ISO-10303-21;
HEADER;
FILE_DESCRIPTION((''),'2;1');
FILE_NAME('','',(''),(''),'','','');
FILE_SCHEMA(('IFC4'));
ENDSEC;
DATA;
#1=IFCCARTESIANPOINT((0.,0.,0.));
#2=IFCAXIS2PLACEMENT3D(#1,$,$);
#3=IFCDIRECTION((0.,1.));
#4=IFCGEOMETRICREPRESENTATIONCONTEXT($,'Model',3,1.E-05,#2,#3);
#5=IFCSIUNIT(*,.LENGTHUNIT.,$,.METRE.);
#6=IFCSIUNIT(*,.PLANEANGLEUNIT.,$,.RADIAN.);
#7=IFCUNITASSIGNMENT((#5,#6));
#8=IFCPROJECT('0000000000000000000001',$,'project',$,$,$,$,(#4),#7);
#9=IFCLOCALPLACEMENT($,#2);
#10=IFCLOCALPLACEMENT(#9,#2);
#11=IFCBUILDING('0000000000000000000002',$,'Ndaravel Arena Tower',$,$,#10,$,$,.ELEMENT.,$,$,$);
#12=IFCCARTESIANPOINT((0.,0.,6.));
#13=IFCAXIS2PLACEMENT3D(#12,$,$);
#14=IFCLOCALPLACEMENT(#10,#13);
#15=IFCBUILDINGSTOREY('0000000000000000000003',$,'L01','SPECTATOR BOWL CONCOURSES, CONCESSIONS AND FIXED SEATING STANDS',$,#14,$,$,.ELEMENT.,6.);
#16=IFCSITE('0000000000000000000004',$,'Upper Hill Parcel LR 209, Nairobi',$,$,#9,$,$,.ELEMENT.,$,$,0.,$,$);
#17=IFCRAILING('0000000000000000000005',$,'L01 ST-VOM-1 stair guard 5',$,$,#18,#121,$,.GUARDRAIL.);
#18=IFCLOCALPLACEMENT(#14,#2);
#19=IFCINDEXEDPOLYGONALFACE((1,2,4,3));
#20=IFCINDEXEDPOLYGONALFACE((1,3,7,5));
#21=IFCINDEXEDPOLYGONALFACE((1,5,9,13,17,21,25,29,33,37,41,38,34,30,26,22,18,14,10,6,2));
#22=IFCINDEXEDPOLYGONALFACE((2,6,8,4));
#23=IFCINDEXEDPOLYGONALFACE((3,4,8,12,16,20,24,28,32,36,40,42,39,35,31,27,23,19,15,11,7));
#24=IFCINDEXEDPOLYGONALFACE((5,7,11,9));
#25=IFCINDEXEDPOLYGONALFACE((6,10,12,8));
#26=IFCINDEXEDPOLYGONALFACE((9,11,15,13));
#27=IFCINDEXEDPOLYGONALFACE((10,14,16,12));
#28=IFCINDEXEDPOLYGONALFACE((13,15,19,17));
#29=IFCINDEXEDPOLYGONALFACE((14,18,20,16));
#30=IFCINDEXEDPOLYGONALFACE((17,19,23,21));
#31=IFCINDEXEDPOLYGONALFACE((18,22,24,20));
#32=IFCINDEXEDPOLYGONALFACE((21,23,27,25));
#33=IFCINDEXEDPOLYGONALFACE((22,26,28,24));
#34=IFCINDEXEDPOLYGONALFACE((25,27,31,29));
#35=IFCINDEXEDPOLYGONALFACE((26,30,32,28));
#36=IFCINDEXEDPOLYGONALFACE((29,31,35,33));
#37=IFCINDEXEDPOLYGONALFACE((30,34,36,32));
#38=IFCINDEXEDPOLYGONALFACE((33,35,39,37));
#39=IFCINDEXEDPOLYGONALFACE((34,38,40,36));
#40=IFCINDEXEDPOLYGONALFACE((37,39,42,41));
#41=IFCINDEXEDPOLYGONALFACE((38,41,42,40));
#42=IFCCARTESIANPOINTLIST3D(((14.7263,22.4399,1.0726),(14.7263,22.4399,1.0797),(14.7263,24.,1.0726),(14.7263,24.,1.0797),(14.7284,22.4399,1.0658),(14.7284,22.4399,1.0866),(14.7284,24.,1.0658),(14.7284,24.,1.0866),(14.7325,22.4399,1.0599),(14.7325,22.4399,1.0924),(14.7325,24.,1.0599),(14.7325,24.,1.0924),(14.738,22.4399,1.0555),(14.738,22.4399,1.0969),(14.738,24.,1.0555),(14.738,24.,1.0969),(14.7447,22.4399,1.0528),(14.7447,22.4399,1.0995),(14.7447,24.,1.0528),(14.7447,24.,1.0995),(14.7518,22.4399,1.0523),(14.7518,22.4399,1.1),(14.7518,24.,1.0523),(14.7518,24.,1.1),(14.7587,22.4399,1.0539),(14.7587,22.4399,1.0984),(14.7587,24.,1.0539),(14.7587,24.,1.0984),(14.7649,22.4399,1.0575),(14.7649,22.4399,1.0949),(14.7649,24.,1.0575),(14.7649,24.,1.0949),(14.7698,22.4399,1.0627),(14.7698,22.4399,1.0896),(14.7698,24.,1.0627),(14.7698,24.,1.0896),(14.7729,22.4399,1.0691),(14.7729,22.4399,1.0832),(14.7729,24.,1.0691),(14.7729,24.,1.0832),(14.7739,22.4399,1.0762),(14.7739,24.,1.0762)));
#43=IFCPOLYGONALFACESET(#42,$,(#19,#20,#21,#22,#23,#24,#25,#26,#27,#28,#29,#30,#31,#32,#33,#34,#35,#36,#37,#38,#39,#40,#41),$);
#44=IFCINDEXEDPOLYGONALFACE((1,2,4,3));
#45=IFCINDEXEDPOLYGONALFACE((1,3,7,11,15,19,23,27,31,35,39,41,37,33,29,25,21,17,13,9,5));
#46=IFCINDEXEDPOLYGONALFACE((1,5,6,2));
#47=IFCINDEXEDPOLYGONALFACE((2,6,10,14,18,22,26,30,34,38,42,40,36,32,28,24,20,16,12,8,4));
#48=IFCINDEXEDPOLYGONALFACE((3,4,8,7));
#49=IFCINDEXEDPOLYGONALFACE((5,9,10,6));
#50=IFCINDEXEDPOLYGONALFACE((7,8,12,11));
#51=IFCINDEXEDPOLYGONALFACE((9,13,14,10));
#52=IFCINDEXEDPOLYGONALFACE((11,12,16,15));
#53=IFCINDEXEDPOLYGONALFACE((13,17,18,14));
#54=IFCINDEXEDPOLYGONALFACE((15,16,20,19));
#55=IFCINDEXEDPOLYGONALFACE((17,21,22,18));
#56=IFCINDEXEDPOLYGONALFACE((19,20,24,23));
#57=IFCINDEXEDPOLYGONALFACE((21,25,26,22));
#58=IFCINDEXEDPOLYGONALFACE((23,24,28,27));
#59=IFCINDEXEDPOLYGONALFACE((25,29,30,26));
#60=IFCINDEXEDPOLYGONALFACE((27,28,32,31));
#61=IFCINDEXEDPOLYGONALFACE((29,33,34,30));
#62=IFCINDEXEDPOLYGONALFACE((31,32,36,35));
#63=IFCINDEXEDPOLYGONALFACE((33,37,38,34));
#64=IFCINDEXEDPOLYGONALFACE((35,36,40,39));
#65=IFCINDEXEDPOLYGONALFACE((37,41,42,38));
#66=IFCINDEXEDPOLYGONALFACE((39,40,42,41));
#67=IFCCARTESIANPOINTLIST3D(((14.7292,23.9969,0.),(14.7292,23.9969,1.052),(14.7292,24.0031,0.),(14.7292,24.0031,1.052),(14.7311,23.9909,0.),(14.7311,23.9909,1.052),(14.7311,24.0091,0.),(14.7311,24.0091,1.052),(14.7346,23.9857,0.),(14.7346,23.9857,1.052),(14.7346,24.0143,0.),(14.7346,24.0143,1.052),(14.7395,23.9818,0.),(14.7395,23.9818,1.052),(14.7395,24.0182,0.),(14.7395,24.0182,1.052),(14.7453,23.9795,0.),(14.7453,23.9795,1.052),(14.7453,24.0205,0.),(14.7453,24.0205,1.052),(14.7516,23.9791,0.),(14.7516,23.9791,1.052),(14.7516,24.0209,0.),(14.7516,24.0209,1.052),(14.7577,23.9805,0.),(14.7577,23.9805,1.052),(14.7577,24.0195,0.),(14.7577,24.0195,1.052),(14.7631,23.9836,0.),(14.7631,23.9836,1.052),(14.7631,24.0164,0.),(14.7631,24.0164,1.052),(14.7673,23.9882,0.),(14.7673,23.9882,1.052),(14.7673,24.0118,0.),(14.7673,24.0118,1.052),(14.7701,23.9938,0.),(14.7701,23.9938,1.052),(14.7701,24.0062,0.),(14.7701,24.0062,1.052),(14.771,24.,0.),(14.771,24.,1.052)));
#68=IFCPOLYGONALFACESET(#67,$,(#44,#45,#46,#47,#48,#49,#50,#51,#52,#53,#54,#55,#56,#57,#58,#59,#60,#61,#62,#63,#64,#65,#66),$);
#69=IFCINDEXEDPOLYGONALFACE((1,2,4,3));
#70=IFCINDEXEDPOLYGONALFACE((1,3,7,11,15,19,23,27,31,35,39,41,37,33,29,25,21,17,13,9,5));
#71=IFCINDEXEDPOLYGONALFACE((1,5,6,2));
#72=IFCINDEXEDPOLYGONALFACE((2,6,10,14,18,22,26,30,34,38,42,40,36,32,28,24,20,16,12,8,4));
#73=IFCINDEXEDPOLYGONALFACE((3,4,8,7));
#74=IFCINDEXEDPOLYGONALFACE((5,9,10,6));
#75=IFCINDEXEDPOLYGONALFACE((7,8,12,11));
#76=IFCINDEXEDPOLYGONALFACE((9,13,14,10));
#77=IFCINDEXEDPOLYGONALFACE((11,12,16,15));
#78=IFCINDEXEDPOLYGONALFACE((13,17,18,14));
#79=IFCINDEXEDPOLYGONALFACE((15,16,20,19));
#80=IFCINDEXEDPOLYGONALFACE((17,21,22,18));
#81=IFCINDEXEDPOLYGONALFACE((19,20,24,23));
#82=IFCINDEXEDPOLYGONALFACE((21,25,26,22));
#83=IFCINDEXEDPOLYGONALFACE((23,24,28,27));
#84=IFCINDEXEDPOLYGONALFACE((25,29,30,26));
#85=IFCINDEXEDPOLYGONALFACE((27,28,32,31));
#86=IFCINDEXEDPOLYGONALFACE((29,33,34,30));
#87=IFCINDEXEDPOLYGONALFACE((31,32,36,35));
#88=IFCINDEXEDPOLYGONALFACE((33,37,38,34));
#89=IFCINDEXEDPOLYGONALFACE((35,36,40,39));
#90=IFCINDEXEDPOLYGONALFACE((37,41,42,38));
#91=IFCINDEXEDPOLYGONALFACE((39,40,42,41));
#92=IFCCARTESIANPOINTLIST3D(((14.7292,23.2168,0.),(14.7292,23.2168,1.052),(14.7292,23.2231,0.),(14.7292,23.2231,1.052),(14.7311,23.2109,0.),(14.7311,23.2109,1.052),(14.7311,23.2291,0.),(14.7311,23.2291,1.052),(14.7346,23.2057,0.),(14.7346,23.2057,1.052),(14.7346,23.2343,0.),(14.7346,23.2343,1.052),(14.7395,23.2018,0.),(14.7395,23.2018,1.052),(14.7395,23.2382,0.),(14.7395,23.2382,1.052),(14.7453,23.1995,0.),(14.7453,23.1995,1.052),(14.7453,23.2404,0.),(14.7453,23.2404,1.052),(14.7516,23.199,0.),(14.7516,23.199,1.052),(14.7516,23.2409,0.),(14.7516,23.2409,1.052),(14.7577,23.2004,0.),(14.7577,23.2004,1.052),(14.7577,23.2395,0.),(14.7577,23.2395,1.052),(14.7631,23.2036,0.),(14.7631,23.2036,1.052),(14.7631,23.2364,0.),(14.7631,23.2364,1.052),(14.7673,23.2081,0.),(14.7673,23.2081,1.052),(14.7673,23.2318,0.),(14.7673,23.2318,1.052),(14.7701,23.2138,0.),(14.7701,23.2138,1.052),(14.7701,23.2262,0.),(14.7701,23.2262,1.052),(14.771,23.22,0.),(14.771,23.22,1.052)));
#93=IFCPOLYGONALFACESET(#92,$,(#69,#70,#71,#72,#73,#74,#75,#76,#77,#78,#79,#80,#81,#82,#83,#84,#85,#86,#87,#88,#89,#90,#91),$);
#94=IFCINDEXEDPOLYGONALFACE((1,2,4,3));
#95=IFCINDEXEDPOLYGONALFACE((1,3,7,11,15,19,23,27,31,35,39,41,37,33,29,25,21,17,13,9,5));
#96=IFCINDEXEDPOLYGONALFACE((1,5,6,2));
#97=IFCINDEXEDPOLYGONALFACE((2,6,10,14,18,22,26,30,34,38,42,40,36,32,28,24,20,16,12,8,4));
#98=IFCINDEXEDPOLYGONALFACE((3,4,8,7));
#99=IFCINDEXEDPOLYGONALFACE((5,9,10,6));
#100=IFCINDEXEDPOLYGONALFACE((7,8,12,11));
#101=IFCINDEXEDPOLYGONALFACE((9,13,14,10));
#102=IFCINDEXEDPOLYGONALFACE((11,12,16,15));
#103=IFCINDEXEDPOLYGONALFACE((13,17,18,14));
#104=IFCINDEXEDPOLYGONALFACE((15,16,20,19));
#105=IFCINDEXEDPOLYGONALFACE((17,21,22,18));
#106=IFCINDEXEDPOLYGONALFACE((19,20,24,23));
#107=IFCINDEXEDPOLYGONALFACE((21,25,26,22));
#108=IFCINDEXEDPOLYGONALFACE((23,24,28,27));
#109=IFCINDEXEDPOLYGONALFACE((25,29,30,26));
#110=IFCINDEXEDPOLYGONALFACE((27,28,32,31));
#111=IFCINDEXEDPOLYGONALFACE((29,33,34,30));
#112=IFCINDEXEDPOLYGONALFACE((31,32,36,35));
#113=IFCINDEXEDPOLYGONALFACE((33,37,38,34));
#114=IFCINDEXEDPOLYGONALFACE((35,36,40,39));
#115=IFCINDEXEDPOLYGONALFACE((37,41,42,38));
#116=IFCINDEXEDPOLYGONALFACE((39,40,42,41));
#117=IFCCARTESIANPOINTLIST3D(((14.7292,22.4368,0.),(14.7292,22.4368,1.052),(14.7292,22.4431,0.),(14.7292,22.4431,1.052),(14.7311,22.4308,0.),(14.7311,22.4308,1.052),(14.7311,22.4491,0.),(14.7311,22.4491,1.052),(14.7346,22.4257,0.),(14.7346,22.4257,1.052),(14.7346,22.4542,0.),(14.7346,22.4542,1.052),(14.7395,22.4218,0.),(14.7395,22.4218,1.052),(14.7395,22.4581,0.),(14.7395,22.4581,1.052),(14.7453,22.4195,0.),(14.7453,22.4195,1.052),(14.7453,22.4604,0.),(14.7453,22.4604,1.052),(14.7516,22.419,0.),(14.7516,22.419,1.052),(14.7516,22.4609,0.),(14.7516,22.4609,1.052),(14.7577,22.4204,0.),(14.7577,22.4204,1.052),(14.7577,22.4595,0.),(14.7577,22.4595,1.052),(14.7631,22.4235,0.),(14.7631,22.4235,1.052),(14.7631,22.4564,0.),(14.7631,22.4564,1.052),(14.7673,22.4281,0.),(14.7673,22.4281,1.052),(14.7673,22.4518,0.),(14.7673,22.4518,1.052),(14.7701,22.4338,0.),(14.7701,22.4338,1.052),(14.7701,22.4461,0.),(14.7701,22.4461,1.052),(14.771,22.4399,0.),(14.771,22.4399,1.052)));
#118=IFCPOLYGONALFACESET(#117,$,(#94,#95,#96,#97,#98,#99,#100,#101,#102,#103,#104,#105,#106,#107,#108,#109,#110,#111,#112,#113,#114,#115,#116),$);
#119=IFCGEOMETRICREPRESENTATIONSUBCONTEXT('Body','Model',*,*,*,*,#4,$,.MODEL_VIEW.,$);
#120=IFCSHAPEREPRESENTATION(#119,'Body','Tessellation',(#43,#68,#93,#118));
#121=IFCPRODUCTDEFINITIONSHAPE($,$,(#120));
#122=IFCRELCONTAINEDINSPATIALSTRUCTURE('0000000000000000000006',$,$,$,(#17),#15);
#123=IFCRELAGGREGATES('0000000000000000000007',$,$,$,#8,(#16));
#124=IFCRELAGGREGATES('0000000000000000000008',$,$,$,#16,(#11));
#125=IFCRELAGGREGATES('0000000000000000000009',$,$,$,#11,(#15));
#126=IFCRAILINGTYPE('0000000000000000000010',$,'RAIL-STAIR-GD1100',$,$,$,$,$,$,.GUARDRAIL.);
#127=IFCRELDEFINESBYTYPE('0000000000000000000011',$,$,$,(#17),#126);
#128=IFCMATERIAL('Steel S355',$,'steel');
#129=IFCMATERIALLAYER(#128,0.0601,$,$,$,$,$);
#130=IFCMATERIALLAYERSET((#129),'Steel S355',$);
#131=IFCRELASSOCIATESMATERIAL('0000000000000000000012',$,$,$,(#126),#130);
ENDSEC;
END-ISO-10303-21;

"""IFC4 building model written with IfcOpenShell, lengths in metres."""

from ifc_helpers import new_model, si_unit, direction, frame, origin, origin_2d, place, context, subcontext, project, spatial, circle, extrude, material, layer, layer_set, type_object, element, save


model = new_model("IFC4")

# Units and contexts
model_context = context("Model", 3, precision=1e-05, world=origin(), true_north=direction((0.0, 1.0)))
body_context = subcontext(model_context, "Body", "Model", "MODEL_VIEW")
ifc_project = project(units=[si_unit("LENGTHUNIT", "METRE"), si_unit("PLANEANGLEUNIT", "RADIAN")], contexts=[model_context])

# Site, building, storey
site_placement = place(None, origin())
site = spatial("IfcSite", under=ifc_project, at=site_placement, Name="Upper Hill Parcel LR 209, Nairobi", CompositionType="ELEMENT", RefElevation=0.0)
building_placement = place(site_placement, origin())
building = spatial("IfcBuilding", under=site, at=building_placement, Name="Ndaravel Arena Tower", CompositionType="ELEMENT")
storey_placement = place(building_placement, frame((0.0, 0.0, 6.0)))
storey = spatial("IfcBuildingStorey", under=building, at=storey_placement, Name="L01", Description="SPECTATOR BOWL CONCOURSES, CONCESSIONS AND FIXED SEATING STANDS", CompositionType="ELEMENT", Elevation=6.0)

# Railing
ifc_material_1 = material(Name="Steel S355", Category="steel")
ifc_layer_1 = layer(ifc_material_1, 0.0601)
ifc_layer_set_1 = layer_set([ifc_layer_1], Name="Steel S355")
railing_type_1 = type_object("IfcRailingType", Name="RAIL-STAIR-GD1100", PredefinedType="GUARDRAIL", material=ifc_layer_set_1)
railing_1_placement = place(storey_placement, frame((14.75, 24.0, 0.0)))
element("IfcRailing", 1, at=railing_1_placement, inside=storey, type_object=railing_type_1, Name="L01 ST-VOM-1 stair guard 5", PredefinedType="GUARDRAIL", context=body_context, shape_type="SweptSolid", body=[
    extrude(circle(Radius=0.0239, at=origin_2d()), frame((0.0, 0.0, 1.0762), z_axis=(0.0, -1.0, 0.0), x_axis=(1.0, 0.0, 0.0)), (0.0, 0.0, 1.0), 1.5601),
    extrude(circle(Radius=0.021, at=origin_2d()), origin(), (0.0, 0.0, 1.0), 1.052),
    extrude(circle(Radius=0.021, at=origin_2d()), frame((0.0, -0.78, 0.0)), (0.0, 0.0, 1.0), 1.052),
    extrude(circle(Radius=0.021, at=origin_2d()), frame((0.0, -1.5601, 0.0)), (0.0, 0.0, 1.0), 1.052),
])

save(model, "model.ifc")
